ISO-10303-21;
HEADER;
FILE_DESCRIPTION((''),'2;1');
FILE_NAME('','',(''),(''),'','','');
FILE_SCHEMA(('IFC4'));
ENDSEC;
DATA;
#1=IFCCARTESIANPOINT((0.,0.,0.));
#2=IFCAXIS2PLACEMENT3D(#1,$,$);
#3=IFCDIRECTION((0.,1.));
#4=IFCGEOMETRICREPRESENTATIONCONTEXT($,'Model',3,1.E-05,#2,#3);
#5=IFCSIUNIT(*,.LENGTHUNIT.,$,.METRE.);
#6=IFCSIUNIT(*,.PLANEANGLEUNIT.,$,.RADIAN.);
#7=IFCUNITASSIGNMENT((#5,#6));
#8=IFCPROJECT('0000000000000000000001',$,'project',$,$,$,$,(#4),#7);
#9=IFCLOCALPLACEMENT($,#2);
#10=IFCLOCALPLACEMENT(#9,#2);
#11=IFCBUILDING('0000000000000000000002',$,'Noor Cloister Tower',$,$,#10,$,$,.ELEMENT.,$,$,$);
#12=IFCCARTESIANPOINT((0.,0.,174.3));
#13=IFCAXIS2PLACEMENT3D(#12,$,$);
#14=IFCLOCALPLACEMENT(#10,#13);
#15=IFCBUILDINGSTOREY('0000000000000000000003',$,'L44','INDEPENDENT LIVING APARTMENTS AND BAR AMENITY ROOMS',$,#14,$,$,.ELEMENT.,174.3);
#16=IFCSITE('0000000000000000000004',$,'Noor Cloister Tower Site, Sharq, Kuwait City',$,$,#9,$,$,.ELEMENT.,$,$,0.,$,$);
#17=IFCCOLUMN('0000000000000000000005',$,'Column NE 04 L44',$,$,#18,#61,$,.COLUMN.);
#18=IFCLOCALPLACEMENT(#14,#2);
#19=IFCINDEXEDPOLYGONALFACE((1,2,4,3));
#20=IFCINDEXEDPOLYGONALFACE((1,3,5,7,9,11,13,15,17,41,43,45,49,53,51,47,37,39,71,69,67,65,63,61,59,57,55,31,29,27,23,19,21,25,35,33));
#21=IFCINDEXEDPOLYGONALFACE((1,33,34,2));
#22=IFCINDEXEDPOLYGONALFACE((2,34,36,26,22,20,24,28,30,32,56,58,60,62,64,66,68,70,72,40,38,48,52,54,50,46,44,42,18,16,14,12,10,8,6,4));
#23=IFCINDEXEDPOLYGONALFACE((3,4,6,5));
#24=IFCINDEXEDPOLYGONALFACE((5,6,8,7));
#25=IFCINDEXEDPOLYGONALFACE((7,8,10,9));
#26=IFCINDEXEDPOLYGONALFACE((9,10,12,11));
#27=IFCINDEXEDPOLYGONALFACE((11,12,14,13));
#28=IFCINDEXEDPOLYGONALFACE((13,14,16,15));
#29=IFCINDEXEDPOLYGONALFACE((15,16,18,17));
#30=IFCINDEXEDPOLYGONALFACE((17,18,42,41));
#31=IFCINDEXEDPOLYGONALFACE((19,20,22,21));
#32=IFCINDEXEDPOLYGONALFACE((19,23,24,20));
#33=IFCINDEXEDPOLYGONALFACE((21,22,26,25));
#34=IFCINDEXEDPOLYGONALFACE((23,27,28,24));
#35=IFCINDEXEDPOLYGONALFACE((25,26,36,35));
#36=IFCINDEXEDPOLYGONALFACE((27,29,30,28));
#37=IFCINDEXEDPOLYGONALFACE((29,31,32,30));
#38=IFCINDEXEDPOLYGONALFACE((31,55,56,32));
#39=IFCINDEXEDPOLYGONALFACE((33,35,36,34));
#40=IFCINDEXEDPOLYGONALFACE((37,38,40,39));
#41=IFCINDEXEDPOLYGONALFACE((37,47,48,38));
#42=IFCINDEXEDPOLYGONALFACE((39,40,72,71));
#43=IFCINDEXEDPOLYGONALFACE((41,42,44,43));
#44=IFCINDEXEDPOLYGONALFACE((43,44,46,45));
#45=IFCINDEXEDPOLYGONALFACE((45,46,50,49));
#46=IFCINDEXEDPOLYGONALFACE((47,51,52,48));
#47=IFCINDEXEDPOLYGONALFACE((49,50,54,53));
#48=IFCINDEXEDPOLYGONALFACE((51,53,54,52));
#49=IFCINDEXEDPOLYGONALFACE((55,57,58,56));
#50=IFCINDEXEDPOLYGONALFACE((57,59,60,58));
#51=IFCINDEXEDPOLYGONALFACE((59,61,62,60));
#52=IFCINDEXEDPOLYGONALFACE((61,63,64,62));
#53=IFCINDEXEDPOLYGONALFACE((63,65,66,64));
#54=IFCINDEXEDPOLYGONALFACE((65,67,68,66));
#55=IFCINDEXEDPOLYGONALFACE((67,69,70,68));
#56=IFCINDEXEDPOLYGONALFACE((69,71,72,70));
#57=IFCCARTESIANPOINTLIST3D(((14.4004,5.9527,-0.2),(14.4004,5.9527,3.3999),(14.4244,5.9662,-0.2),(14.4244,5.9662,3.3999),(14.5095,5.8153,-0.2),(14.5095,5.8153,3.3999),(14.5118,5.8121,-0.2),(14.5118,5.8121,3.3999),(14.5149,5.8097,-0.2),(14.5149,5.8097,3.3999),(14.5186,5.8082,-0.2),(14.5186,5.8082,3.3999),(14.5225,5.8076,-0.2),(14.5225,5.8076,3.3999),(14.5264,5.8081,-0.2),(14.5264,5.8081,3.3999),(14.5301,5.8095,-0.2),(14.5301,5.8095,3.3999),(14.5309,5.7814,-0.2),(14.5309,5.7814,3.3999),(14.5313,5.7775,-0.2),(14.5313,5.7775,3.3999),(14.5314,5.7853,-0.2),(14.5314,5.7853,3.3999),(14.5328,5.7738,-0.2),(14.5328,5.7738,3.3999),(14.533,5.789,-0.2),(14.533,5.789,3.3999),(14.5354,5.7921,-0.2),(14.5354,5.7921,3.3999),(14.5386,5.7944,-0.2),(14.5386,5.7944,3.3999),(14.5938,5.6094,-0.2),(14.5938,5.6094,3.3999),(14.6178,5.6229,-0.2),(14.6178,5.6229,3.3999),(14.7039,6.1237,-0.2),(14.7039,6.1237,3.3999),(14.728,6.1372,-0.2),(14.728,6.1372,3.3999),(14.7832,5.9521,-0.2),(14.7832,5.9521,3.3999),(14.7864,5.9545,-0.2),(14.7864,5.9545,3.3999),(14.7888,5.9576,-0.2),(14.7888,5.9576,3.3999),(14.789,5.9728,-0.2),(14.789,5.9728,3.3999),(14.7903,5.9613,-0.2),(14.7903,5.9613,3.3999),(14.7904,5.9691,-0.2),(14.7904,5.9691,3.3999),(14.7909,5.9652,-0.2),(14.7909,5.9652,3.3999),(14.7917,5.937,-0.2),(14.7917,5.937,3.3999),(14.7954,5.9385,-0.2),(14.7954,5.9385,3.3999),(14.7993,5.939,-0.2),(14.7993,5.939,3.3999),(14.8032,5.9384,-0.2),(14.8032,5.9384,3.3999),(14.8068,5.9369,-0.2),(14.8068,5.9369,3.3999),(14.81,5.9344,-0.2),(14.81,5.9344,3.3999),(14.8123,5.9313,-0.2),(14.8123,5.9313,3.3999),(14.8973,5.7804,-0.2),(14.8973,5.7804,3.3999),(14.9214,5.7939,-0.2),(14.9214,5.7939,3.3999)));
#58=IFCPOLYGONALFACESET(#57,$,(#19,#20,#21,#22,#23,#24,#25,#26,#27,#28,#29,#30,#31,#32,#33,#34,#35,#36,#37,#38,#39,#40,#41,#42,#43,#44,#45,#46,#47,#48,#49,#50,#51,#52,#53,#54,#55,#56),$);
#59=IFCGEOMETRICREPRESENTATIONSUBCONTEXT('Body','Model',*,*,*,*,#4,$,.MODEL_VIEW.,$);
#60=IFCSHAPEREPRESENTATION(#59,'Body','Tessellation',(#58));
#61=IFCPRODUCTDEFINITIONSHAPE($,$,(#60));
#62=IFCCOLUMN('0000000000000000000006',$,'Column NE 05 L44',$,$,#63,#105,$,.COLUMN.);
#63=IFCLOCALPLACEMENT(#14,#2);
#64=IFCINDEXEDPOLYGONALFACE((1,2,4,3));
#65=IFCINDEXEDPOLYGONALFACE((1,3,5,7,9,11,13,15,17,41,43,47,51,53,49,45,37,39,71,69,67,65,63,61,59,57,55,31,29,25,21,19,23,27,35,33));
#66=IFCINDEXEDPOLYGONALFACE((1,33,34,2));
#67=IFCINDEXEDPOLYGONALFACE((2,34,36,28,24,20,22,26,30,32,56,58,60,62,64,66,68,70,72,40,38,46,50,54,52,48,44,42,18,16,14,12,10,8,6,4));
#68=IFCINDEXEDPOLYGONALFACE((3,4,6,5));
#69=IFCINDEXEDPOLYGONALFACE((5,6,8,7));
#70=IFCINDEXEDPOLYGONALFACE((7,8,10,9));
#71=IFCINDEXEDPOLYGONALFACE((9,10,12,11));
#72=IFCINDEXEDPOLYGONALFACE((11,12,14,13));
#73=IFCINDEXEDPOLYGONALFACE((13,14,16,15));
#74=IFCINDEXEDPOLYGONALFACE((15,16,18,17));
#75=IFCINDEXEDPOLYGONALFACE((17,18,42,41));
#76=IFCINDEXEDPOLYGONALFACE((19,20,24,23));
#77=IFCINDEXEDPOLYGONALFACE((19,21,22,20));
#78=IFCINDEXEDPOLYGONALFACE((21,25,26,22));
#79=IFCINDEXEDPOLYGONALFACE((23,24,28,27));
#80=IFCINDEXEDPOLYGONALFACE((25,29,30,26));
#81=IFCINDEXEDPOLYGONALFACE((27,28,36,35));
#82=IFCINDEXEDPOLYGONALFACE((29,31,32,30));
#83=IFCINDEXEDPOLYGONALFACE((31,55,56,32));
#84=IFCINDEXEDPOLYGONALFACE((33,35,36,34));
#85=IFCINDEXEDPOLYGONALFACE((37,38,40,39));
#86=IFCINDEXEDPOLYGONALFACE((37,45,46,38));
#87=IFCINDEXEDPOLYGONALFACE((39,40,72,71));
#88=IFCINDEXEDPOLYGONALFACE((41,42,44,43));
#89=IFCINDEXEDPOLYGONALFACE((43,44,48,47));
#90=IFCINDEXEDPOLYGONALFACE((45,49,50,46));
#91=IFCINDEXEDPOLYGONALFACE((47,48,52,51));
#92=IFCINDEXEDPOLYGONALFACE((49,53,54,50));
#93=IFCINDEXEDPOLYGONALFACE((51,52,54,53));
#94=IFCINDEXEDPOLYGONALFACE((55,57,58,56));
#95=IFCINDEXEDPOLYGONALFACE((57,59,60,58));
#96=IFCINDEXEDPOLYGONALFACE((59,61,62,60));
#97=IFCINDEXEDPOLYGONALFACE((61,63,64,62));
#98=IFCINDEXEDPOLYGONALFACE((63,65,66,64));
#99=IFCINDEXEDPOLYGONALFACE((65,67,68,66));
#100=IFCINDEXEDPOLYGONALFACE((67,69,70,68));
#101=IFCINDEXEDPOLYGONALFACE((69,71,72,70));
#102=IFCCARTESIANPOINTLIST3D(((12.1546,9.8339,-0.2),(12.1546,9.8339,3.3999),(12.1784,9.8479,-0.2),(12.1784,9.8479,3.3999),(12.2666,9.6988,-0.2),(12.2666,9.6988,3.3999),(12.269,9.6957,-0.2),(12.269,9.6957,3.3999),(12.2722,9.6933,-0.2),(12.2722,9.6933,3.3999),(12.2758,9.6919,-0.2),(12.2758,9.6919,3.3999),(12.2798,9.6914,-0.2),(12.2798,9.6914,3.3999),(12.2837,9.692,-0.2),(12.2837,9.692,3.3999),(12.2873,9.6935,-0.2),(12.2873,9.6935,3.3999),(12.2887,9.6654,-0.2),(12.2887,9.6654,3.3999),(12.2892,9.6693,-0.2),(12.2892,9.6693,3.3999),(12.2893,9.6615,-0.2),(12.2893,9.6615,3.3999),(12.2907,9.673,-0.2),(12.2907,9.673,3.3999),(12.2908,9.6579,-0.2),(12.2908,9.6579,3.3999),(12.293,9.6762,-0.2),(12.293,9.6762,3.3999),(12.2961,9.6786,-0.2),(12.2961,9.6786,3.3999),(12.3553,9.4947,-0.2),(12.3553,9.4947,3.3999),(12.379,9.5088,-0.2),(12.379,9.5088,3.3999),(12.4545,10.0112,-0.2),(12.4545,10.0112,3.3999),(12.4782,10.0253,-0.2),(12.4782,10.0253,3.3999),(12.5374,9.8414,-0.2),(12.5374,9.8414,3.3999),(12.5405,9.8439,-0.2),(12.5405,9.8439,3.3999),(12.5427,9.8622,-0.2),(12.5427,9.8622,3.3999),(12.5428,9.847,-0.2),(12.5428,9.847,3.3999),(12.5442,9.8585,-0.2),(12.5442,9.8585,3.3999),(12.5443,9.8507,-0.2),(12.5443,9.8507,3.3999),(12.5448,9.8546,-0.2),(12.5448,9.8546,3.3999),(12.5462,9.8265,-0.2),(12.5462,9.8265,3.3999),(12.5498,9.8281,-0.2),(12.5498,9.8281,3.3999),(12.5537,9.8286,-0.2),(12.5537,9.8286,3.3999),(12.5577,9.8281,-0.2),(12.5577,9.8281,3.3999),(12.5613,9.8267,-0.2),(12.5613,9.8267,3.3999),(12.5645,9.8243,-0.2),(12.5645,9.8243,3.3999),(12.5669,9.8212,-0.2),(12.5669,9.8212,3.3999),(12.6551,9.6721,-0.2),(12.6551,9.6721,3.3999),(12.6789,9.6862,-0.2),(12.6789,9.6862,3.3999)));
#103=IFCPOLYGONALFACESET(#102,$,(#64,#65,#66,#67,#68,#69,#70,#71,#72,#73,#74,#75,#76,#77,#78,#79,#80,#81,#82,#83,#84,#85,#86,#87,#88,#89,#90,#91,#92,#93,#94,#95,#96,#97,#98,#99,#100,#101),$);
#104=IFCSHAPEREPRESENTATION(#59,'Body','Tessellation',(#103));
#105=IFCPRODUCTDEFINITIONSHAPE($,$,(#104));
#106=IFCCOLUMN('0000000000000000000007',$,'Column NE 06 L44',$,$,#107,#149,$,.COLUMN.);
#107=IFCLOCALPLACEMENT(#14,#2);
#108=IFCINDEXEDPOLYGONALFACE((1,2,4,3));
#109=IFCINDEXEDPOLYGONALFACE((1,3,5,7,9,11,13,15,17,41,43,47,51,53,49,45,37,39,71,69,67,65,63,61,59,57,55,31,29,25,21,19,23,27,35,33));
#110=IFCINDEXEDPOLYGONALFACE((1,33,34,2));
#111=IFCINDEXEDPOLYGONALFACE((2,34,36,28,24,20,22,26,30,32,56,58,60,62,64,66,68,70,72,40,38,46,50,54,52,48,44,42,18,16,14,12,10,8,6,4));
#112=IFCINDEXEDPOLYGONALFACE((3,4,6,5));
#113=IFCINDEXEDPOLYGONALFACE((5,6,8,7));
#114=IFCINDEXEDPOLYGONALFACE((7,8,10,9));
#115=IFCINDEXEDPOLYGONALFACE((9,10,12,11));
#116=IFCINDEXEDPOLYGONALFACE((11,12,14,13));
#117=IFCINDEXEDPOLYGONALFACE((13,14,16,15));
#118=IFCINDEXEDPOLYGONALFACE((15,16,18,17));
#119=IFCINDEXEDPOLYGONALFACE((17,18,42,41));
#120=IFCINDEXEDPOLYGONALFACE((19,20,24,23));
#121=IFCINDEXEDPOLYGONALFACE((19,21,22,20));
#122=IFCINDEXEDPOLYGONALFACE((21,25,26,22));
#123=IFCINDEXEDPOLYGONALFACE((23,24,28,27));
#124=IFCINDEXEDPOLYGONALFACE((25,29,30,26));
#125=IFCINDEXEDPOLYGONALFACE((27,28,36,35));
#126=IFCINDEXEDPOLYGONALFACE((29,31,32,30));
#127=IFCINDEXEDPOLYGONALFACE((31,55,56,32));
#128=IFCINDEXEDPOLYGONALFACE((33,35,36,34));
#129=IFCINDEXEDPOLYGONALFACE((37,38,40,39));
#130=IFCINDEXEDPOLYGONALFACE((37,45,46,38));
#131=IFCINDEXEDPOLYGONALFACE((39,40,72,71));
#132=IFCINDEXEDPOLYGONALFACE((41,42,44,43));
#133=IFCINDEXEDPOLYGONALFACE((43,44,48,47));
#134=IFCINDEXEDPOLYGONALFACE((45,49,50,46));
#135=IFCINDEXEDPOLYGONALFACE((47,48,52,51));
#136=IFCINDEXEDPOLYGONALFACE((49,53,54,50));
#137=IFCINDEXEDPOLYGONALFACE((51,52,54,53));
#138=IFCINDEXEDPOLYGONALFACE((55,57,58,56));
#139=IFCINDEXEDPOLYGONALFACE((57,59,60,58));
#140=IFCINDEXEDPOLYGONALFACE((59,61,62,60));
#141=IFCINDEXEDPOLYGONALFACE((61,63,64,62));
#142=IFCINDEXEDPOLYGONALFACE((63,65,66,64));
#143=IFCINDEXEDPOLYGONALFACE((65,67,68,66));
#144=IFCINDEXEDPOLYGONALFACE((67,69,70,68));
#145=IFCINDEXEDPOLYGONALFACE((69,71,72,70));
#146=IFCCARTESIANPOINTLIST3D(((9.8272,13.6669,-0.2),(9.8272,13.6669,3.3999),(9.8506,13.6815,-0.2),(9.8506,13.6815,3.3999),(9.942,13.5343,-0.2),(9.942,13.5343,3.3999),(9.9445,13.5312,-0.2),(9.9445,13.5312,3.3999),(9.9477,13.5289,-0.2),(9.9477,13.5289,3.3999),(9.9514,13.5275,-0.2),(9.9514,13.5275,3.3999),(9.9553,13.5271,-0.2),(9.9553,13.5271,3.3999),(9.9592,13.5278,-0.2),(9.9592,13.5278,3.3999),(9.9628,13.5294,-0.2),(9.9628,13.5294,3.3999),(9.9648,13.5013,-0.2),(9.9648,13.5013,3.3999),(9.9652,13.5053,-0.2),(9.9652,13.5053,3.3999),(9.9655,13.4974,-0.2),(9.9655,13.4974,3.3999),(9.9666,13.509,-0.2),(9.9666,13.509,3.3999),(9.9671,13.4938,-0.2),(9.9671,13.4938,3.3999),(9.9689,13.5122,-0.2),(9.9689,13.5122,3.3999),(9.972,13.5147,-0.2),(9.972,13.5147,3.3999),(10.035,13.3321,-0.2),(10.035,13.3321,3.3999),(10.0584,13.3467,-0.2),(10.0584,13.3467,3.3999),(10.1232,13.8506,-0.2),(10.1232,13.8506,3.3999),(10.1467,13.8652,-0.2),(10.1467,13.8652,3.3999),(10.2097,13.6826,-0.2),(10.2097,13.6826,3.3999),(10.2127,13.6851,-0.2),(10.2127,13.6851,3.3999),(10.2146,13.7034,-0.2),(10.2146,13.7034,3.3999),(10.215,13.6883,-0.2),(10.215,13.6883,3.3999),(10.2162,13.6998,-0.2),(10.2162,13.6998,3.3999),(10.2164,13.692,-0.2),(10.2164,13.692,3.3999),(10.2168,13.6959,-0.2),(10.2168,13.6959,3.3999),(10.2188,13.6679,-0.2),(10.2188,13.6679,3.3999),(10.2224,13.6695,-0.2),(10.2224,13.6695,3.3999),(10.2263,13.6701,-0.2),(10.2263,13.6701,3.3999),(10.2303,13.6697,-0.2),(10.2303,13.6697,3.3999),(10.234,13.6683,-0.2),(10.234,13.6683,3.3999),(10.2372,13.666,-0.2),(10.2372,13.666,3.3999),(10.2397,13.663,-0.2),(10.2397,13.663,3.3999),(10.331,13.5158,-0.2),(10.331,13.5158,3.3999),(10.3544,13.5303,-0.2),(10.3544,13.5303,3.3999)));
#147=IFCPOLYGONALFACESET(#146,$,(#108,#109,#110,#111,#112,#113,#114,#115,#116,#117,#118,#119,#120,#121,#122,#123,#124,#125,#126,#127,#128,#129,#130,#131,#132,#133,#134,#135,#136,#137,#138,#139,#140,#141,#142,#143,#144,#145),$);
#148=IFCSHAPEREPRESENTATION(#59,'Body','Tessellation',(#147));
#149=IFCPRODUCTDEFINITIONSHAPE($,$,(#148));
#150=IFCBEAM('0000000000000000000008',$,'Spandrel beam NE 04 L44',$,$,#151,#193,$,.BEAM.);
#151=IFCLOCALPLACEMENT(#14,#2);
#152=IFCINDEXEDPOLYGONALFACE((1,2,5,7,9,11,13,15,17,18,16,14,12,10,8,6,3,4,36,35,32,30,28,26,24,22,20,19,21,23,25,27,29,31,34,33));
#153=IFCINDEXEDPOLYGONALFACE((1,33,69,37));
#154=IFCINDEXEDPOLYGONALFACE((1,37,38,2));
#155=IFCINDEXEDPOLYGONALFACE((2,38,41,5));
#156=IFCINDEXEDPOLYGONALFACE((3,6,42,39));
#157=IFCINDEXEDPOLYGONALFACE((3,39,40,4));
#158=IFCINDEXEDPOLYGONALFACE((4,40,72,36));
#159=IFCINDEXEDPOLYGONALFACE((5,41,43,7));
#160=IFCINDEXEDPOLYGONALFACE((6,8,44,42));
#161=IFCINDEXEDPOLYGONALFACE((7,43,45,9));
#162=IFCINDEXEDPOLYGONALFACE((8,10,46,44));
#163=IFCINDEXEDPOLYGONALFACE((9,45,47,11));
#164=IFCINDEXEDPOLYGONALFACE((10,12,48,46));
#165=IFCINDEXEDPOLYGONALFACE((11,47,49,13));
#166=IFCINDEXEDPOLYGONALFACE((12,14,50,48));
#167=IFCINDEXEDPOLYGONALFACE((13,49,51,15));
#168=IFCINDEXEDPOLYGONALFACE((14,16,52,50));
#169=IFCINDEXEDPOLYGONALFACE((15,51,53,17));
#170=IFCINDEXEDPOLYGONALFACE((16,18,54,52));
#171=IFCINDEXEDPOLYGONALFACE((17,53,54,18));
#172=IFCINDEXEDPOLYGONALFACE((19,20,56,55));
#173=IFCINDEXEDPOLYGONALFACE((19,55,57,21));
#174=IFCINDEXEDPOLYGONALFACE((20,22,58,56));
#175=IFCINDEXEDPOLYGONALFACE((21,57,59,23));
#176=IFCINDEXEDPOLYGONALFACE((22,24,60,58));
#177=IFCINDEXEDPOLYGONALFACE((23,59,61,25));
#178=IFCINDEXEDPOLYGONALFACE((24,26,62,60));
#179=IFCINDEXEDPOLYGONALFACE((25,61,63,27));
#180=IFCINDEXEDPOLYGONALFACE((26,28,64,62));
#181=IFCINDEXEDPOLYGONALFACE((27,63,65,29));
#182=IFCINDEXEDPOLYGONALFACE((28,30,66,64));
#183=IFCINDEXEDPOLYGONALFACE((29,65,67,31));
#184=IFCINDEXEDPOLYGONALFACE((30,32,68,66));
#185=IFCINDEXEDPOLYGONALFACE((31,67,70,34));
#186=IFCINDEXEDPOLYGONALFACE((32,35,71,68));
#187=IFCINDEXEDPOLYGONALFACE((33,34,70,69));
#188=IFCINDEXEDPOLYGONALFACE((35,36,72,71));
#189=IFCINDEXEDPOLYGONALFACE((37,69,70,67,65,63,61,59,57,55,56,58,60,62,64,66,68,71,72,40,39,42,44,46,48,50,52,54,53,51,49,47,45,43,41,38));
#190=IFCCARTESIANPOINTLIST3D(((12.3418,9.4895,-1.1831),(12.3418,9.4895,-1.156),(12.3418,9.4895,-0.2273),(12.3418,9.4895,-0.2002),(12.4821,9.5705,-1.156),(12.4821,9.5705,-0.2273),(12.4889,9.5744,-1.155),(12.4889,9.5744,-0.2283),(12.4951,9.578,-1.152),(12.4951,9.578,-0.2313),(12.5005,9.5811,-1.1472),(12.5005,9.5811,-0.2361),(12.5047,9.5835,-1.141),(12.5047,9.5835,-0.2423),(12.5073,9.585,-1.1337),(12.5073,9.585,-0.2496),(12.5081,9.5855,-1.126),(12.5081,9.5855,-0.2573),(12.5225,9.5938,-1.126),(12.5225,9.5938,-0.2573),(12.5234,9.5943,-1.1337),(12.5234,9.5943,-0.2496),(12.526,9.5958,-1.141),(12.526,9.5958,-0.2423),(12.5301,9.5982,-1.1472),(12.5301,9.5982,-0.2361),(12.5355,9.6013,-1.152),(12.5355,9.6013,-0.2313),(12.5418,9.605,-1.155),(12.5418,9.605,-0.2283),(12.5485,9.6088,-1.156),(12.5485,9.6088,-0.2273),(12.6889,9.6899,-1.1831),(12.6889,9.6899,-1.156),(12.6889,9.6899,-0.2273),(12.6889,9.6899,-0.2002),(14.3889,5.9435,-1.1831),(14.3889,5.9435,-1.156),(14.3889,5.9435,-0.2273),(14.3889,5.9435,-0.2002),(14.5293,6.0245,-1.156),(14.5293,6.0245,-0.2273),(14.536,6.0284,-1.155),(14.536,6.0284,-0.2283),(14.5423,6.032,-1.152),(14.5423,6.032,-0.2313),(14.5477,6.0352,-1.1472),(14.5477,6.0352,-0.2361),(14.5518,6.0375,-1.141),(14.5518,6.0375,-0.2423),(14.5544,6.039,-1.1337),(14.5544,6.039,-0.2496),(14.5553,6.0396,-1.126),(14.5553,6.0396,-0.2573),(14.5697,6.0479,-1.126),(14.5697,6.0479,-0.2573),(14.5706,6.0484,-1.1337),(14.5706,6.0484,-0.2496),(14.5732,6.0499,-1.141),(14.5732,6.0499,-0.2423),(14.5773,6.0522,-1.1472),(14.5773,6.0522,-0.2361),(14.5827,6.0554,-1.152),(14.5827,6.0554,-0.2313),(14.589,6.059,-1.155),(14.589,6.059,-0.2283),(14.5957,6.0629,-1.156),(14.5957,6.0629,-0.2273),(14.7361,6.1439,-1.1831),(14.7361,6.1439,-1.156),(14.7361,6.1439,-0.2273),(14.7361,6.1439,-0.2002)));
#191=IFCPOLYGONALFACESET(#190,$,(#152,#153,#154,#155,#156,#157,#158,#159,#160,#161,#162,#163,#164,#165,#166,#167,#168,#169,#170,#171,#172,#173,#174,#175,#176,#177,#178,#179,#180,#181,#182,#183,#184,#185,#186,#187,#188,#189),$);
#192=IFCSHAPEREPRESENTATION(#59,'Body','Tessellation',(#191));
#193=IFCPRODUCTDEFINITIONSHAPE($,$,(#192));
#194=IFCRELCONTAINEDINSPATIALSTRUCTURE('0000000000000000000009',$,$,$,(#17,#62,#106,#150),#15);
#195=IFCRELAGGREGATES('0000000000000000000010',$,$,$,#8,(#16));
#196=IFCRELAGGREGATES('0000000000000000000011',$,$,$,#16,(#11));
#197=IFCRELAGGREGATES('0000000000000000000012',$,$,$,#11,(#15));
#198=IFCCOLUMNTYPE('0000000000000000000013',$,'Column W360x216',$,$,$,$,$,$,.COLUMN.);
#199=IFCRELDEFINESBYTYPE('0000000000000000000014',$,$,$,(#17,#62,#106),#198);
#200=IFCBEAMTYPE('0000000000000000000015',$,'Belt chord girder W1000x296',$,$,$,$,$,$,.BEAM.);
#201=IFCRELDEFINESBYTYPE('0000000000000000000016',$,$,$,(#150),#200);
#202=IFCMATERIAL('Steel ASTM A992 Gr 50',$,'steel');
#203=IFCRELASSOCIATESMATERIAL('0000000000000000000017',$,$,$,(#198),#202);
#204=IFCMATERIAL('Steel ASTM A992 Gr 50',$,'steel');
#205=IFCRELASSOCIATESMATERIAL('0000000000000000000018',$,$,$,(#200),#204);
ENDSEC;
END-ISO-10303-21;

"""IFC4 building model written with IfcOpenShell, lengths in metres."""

from ifc_helpers import new_model, si_unit, direction, frame, origin, origin_2d, place, context, subcontext, project, spatial, i_section, extrude, material, material_profile, profile_set, type_object, element, save


model = new_model("IFC4")

# Units and contexts
model_context = context("Model", 3, precision=1e-05, world=origin(), true_north=direction((0.0, 1.0)))
body_context = subcontext(model_context, "Body", "Model", "MODEL_VIEW")
ifc_project = project(units=[si_unit("LENGTHUNIT", "METRE"), si_unit("PLANEANGLEUNIT", "RADIAN")], contexts=[model_context])

# Site, building, storey
site_placement = place(None, origin())
site = spatial("IfcSite", under=ifc_project, at=site_placement, Name="Noor Cloister Tower Site, Sharq, Kuwait City", CompositionType="ELEMENT", RefElevation=0.0)
building_placement = place(site_placement, origin())
building = spatial("IfcBuilding", under=site, at=building_placement, Name="Noor Cloister Tower", CompositionType="ELEMENT")
storey_placement = place(building_placement, frame((0.0, 0.0, 174.3)))
storey = spatial("IfcBuildingStorey", under=building, at=storey_placement, Name="L44", Description="INDEPENDENT LIVING APARTMENTS AND BAR AMENITY ROOMS", CompositionType="ELEMENT", Elevation=174.3)

# Columns
ifc_material_1 = material(Name="Steel ASTM A992 Gr 50", Category="steel")
ifc_material_profile_1 = material_profile(ifc_material_1, i_section(OverallWidth=0.394, OverallDepth=0.376, WebThickness=0.0173, FlangeThickness=0.0276, FilletRadius=0.0151, at=origin_2d()), Name="W360x216")
ifc_profile_set_1 = profile_set([ifc_material_profile_1], Name="Steel ASTM A992 Gr 50")
column_type = type_object("IfcColumnType", Name="Column W360x216", PredefinedType="COLUMN", material=ifc_profile_set_1)
for number, where, z_axis, x_axis, name in (
    (1, (14.6609, 5.8733, -0.2), (0.0, 0.0, 1.0), (-0.4908, 0.871272, 0.0), "Column NE 04 L44"),
    (2, (12.4167, 9.76, -0.2), (0.0, 0.0, 1.0), (-0.509144, 0.860682, 0.0), "Column NE 05 L44"),
    (3, (10.0908, 13.5986, -0.2), (0.0, 0.0, 1.0), (-0.527259, 0.849705, 0.0), "Column NE 06 L44"),
):
    element("IfcColumn", number, at=place(storey_placement, frame(where, z_axis=z_axis, x_axis=x_axis)), inside=storey, type_object=column_type, Name=name, PredefinedType="COLUMN", context=body_context, shape_type="SweptSolid", body=[
        extrude(i_section(OverallWidth=0.394, OverallDepth=0.376, WebThickness=0.0173, FlangeThickness=0.0276, FilletRadius=0.0151, at=origin_2d()), origin(), (0.0, 0.0, 1.0), 3.5999),
    ])

# Beam
ifc_material_2 = material(Name="Steel ASTM A992 Gr 50", Category="steel")
ifc_material_profile_2 = material_profile(ifc_material_2, i_section(OverallWidth=0.4009, OverallDepth=0.9829, WebThickness=0.0166, FlangeThickness=0.0271, FilletRadius=0.03, at=origin_2d()), Name="W1000x296")
ifc_profile_set_2 = profile_set([ifc_material_profile_2], Name="Steel ASTM A992 Gr 50")
beam_type_1 = type_object("IfcBeamType", Name="Belt chord girder W1000x296", PredefinedType="BEAM", material=ifc_profile_set_2)
beam_1_placement = place(storey_placement, frame((14.5625, 6.0437, -0.6917), z_axis=(-0.499981, 0.866037, 0.0), x_axis=(-0.866037, -0.499981, 0.0)))
element("IfcBeam", 4, at=beam_1_placement, inside=storey, type_object=beam_type_1, Name="Spandrel beam NE 04 L44", PredefinedType="BEAM", context=body_context, shape_type="SweptSolid", body=[
    extrude(i_section(OverallWidth=0.4009, OverallDepth=0.9829, WebThickness=0.0166, FlangeThickness=0.0271, FilletRadius=0.03, at=origin_2d()), origin(), (0.0, 0.0, 1.0), 4.0945),
])

save(model, "model.ifc")
